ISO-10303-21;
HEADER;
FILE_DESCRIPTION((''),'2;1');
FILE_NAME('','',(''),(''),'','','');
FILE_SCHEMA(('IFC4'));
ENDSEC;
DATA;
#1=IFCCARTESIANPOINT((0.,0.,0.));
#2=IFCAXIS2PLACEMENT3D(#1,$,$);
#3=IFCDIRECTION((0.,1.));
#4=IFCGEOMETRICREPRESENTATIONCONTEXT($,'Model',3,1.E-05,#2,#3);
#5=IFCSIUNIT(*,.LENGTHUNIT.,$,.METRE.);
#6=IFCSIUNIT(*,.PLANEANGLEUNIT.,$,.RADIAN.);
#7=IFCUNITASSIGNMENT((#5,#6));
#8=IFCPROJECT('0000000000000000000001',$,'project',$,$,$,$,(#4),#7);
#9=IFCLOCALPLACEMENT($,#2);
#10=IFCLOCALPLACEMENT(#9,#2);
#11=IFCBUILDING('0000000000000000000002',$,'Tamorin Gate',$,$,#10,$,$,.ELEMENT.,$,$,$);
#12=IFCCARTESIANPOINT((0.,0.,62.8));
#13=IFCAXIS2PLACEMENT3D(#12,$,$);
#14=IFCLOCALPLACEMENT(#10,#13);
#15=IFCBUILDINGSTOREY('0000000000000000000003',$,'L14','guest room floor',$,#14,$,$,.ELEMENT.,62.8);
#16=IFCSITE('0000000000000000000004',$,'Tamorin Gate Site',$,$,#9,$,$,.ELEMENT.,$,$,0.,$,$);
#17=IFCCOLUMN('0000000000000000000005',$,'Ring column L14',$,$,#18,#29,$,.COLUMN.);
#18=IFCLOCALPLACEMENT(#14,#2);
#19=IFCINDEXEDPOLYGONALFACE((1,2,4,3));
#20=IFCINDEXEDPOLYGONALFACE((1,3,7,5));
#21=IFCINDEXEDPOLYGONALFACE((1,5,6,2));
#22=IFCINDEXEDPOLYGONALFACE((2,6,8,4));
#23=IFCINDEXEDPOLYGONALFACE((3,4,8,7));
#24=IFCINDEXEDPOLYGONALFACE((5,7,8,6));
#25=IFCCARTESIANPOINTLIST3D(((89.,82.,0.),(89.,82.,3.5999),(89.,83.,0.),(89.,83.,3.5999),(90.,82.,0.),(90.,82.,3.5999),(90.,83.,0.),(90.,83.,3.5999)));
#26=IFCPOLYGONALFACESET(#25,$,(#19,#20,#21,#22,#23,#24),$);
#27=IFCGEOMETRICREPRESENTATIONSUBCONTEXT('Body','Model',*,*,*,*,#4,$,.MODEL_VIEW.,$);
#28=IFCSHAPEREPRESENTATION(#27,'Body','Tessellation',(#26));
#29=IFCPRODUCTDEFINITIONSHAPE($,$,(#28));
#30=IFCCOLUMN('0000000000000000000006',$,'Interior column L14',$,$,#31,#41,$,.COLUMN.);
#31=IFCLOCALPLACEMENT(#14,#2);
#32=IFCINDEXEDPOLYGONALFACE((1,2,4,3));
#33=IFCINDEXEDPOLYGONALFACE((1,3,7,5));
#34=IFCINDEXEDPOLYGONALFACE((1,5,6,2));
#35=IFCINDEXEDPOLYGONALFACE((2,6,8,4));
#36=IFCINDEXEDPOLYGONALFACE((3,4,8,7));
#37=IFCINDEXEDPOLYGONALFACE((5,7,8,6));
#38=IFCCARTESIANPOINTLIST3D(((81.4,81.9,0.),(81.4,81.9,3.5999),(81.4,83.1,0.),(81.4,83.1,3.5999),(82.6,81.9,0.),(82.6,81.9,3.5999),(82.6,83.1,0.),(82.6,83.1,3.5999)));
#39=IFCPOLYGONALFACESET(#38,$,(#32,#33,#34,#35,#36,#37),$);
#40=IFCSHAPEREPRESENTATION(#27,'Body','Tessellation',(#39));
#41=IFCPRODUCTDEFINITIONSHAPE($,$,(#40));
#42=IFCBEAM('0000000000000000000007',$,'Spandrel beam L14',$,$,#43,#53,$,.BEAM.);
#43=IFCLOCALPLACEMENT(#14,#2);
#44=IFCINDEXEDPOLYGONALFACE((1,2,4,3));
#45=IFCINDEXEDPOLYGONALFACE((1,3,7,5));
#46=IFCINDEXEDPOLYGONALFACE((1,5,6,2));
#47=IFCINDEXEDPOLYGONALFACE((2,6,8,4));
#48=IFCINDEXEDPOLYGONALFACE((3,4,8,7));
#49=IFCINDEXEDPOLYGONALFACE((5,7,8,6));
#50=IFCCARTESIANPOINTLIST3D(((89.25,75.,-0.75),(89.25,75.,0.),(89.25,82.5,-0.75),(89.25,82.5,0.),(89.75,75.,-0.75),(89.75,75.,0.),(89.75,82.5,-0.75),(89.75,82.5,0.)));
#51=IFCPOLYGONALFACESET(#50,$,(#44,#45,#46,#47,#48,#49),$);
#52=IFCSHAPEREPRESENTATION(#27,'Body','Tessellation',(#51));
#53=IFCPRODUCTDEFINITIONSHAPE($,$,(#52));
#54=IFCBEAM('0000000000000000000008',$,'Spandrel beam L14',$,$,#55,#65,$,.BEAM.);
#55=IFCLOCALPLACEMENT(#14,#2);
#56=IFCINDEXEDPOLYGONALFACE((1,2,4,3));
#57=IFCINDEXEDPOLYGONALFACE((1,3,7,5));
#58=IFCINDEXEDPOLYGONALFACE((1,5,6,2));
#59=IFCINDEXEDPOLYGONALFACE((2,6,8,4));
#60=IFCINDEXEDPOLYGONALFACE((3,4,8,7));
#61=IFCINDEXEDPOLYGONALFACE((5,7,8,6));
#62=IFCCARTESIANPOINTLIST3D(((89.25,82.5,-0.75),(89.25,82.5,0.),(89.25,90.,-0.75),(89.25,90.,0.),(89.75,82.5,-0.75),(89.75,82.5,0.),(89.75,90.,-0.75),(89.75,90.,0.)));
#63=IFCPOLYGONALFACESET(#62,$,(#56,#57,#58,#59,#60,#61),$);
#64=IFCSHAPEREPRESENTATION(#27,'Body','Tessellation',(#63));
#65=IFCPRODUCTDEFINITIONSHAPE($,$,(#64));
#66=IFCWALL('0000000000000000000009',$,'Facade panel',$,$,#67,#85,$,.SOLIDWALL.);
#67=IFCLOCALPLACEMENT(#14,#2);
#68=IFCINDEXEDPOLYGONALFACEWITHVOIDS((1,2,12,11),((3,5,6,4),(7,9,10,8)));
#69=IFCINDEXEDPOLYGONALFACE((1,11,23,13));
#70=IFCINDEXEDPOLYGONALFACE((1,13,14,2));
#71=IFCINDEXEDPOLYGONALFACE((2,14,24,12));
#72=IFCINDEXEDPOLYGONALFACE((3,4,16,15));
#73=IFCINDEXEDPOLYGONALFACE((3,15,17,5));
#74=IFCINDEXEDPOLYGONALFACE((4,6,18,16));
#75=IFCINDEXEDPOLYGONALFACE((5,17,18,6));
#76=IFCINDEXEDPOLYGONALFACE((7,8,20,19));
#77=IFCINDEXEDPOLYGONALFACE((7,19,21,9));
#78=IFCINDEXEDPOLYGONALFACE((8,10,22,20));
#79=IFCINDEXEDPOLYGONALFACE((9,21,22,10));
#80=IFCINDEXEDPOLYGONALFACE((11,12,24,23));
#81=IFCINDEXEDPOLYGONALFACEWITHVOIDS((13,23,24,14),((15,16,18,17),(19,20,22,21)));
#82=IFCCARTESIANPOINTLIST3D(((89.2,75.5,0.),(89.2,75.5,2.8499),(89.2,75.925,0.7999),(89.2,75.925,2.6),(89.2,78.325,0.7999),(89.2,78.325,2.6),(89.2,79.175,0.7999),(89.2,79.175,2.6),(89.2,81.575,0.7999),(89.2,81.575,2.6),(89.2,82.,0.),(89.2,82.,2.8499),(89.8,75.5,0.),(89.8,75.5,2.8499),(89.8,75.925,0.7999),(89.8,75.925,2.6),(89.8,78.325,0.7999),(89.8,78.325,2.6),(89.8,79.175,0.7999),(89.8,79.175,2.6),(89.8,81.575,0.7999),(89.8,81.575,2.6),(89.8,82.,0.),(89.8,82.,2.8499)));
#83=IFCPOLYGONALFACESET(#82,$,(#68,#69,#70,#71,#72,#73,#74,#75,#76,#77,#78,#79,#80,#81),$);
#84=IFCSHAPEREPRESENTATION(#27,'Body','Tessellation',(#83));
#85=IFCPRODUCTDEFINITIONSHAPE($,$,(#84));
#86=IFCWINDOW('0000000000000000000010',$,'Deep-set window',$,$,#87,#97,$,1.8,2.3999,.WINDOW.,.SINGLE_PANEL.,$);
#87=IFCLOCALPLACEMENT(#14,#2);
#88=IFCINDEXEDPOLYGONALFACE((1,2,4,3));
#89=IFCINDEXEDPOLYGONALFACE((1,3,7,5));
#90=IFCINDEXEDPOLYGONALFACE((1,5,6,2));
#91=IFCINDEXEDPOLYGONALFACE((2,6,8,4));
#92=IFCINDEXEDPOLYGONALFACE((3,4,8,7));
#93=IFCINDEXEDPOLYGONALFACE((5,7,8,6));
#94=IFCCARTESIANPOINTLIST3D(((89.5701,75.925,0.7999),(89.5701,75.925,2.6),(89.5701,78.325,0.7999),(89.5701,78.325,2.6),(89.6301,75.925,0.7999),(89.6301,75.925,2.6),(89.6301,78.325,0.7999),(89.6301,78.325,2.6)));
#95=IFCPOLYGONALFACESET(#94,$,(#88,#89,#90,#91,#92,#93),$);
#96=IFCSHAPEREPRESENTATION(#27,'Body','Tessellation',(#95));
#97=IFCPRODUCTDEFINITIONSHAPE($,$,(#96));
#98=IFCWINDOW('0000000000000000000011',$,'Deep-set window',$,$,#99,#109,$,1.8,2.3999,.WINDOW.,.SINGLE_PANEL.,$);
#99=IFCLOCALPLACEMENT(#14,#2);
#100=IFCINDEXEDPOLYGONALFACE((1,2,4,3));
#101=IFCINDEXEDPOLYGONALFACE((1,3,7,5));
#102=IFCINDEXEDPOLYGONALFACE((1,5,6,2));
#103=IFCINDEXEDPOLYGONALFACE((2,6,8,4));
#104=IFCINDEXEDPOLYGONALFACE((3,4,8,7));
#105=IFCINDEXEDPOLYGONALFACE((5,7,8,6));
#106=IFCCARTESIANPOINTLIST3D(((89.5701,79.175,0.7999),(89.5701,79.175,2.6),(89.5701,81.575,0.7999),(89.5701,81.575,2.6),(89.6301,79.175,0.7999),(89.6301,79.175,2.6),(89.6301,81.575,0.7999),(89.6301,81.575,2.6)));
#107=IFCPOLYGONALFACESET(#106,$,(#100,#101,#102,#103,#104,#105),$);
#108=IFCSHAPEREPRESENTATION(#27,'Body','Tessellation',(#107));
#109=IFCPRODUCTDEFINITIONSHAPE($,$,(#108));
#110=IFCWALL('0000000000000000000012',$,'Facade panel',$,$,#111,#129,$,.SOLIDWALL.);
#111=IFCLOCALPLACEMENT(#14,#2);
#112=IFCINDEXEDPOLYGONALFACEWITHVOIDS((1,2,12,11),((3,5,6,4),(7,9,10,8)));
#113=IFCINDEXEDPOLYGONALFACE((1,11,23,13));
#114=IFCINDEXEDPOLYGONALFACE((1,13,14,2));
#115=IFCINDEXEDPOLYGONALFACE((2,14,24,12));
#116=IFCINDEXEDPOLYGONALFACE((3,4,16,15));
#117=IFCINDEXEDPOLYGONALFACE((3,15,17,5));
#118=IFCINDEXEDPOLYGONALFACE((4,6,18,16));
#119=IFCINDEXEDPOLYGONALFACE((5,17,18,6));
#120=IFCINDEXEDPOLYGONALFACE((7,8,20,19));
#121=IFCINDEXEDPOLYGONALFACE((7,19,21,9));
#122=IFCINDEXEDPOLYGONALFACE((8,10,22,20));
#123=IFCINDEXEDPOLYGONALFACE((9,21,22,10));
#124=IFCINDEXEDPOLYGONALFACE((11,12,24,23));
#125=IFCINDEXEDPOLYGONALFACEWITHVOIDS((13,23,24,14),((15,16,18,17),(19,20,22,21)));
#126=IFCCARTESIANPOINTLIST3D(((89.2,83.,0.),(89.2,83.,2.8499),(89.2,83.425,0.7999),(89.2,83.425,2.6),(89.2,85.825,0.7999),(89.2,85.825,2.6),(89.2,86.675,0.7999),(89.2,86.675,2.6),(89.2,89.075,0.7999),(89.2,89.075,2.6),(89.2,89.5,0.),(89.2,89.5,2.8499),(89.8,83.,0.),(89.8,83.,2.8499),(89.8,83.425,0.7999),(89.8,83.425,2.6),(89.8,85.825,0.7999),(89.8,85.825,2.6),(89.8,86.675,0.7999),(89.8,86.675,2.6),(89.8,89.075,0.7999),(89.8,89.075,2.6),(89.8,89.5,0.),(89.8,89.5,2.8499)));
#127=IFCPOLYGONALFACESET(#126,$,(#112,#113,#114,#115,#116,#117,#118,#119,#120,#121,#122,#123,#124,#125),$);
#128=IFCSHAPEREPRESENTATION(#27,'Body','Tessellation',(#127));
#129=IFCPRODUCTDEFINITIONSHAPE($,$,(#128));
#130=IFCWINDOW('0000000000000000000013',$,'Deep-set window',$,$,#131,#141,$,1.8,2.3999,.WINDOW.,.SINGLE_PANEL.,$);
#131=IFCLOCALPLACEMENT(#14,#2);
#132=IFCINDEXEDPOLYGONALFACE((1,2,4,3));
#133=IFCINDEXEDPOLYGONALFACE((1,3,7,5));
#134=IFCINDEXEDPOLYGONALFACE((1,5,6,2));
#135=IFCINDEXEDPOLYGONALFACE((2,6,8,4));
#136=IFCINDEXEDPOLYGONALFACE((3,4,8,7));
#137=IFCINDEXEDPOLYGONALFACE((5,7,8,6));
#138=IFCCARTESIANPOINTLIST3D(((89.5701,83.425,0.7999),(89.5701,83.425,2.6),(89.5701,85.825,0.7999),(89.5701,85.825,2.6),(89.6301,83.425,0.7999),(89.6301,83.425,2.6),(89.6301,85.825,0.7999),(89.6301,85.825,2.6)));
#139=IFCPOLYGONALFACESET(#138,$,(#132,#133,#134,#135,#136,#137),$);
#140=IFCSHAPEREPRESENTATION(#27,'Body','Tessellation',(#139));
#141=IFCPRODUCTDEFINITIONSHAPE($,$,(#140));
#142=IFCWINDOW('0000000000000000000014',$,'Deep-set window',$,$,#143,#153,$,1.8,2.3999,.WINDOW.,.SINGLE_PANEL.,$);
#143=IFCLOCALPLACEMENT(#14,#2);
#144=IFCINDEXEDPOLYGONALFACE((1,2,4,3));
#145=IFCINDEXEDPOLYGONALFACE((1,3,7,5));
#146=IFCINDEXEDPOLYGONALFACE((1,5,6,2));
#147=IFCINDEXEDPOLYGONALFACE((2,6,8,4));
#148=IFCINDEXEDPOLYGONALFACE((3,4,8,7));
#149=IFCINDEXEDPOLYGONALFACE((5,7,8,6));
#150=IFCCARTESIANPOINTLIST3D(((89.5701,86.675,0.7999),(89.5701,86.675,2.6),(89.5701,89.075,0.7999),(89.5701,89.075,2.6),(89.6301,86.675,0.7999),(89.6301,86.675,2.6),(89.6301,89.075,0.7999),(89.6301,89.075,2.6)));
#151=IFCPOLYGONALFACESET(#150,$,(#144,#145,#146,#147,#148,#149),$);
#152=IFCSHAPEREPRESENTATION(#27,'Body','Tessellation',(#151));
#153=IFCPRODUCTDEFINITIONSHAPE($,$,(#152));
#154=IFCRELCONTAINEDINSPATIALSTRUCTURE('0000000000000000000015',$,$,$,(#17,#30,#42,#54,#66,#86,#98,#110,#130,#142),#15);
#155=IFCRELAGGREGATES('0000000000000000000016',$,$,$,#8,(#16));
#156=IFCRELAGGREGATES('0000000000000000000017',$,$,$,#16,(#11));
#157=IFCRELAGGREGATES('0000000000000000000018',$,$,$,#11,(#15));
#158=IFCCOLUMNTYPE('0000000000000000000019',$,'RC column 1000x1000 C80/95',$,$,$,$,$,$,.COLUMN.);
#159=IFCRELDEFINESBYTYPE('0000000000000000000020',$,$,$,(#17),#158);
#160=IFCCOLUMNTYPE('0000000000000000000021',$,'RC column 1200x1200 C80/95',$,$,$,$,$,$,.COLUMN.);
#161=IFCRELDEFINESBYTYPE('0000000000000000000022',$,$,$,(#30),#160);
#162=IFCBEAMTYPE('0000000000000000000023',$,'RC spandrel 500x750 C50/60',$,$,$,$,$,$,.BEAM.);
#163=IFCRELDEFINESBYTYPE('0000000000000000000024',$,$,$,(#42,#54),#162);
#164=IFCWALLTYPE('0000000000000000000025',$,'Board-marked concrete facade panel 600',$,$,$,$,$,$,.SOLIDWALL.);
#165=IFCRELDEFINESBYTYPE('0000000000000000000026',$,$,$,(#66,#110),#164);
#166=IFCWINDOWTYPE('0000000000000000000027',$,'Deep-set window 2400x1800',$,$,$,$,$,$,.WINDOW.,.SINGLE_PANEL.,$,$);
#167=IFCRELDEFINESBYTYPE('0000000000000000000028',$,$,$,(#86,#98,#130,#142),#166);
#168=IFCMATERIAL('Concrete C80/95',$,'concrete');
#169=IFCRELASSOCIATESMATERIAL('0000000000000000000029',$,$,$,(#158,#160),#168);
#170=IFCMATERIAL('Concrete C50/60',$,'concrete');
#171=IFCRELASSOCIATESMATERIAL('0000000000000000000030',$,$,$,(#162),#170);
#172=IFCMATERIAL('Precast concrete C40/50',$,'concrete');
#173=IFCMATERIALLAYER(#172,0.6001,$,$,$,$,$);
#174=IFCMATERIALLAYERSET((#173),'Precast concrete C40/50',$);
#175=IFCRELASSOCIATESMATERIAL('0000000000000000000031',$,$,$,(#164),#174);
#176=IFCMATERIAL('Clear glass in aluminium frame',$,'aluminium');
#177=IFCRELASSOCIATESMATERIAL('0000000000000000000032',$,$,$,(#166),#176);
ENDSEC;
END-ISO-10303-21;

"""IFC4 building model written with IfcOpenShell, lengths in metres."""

from ifc_helpers import new_model, si_unit, direction, frame, frame_2d, origin, origin_2d, place, context, subcontext, project, spatial, rectangle, extrude, material, layer, layer_set, material_profile, profile_set, type_object, element, fill, save


model = new_model("IFC4")

# Units and contexts
model_context = context("Model", 3, precision=1e-05, world=origin(), true_north=direction((0.0, 1.0)))
body_context = subcontext(model_context, "Body", "Model", "MODEL_VIEW")
ifc_project = project(units=[si_unit("LENGTHUNIT", "METRE"), si_unit("PLANEANGLEUNIT", "RADIAN")], contexts=[model_context])

# Site, building, storey
site_placement = place(None, origin())
site = spatial("IfcSite", under=ifc_project, at=site_placement, Name="Tamorin Gate Site", CompositionType="ELEMENT", RefElevation=0.0)
building_placement = place(site_placement, origin())
building = spatial("IfcBuilding", under=site, at=building_placement, Name="Tamorin Gate", CompositionType="ELEMENT")
storey_placement = place(building_placement, frame((0.0, 0.0, 62.8)))
storey = spatial("IfcBuildingStorey", under=building, at=storey_placement, Name="L14", Description="guest room floor", CompositionType="ELEMENT", Elevation=62.8)

# Columns
ifc_material_1 = material(Name="Concrete C80/95", Category="concrete")
ifc_material_profile_1 = material_profile(ifc_material_1, rectangle(XDim=1.0, YDim=1.0, at=origin_2d()), Name="RC 1000x1000")
ifc_profile_set_1 = profile_set([ifc_material_profile_1], Name="Concrete C80/95")
column_type_1 = type_object("IfcColumnType", Name="RC column 1000x1000 C80/95", PredefinedType="COLUMN", material=ifc_profile_set_1)
column_1_placement = place(storey_placement, frame((89.5, 82.5, 0.0), z_axis=(0.0, 0.0, 1.0), x_axis=(1.0, 0.0, 0.0)))
element("IfcColumn", 1, at=column_1_placement, inside=storey, type_object=column_type_1, Name="Ring column L14", PredefinedType="COLUMN", context=body_context, shape_type="SweptSolid", body=[
    extrude(rectangle(XDim=1.0, YDim=1.0, at=origin_2d()), origin(), (0.0, 0.0, 1.0), 3.5999),
])
ifc_material_profile_2 = material_profile(ifc_material_1, rectangle(XDim=1.2, YDim=1.2, at=origin_2d()), Name="RC 1200x1200")
ifc_profile_set_2 = profile_set([ifc_material_profile_2], Name="Concrete C80/95")
column_type_2 = type_object("IfcColumnType", Name="RC column 1200x1200 C80/95", PredefinedType="COLUMN", material=ifc_profile_set_2)
column_2_placement = place(storey_placement, frame((82.0, 82.5, 0.0), z_axis=(0.0, 0.0, 1.0), x_axis=(1.0, 0.0, 0.0)))
element("IfcColumn", 2, at=column_2_placement, inside=storey, type_object=column_type_2, Name="Interior column L14", PredefinedType="COLUMN", context=body_context, shape_type="SweptSolid", body=[
    extrude(rectangle(XDim=1.2, YDim=1.2, at=origin_2d()), origin(), (0.0, 0.0, 1.0), 3.5999),
])

# Beams
ifc_material_2 = material(Name="Concrete C50/60", Category="concrete")
ifc_material_profile_3 = material_profile(ifc_material_2, rectangle(XDim=0.5, YDim=0.75, at=origin_2d()), Name="RC 500x750")
ifc_profile_set_3 = profile_set([ifc_material_profile_3], Name="Concrete C50/60")
beam_type = type_object("IfcBeamType", Name="RC spandrel 500x750 C50/60", PredefinedType="BEAM", material=ifc_profile_set_3)
for number, where, z_axis, x_axis, name in (
    (3, (89.5, 75.0, -0.375), (0.0, 1.0, 0.0), (-1.0, 0.0, 0.0), "Spandrel beam L14"),
    (4, (89.5, 82.5, -0.375), (0.0, 1.0, 0.0), (-1.0, 0.0, 0.0), "Spandrel beam L14"),
):
    element("IfcBeam", number, at=place(storey_placement, frame(where, z_axis=z_axis, x_axis=x_axis)), inside=storey, type_object=beam_type, Name=name, PredefinedType="BEAM", context=body_context, shape_type="SweptSolid", body=[
        extrude(rectangle(XDim=0.5, YDim=0.75, at=origin_2d()), origin(), (0.0, 0.0, 1.0), 7.5),
    ])

# Walls, openings, windows
ifc_material_3 = material(Name="Precast concrete C40/50", Category="concrete")
ifc_layer_1 = layer(ifc_material_3, 0.6001)
ifc_layer_set_1 = layer_set([ifc_layer_1], Name="Precast concrete C40/50")
wall_type_1 = type_object("IfcWallType", Name="Board-marked concrete facade panel 600", PredefinedType="SOLIDWALL", material=ifc_layer_set_1)
wall_1_placement = place(storey_placement, frame((89.5, 75.5, 0.0), z_axis=(0.0, 0.0, 1.0), x_axis=(0.0, 1.0, 0.0)))
wall_1 = element("IfcWall", 5, at=wall_1_placement, inside=storey, type_object=wall_type_1, Name="Facade panel", PredefinedType="SOLIDWALL", context=body_context, shape_type="SweptSolid", body=[
    extrude(rectangle(XDim=6.5, YDim=0.6001, at=frame_2d((3.25, 0.0))), origin(), (0.0, 0.0, 1.0), 2.8499),
])
opening_1_placement = place(wall_1_placement, frame((0.425, 0.0, 0.8)))
opening_1 = element("IfcOpeningElement", 6, at=opening_1_placement, cuts=wall_1, PredefinedType="OPENING", context=body_context, shape_type="SweptSolid", body=[
    extrude(rectangle(XDim=2.3999, YDim=1.8, at=frame_2d((1.2, 0.8999))), frame((0.0, 0.3101, 0.0), z_axis=(0.0, -1.0, 0.0), x_axis=(1.0, 0.0, 0.0)), (0.0, 0.0, 1.0), 0.6201),
])
opening_2_placement = place(wall_1_placement, frame((3.675, 0.0, 0.8)))
opening_2 = element("IfcOpeningElement", 7, at=opening_2_placement, cuts=wall_1, PredefinedType="OPENING", context=body_context, shape_type="SweptSolid", body=[
    extrude(rectangle(XDim=2.3999, YDim=1.8, at=frame_2d((1.2, 0.8999))), frame((0.0, 0.3101, 0.0), z_axis=(0.0, -1.0, 0.0), x_axis=(1.0, 0.0, 0.0)), (0.0, 0.0, 1.0), 0.6201),
])
ifc_material_4 = material(Name="Clear glass in aluminium frame", Category="aluminium")
window_type = type_object("IfcWindowType", Name="Deep-set window 2400x1800", PartitioningType="SINGLE_PANEL", PredefinedType="WINDOW", material=ifc_material_4)
window_1_placement = place(opening_1_placement, origin())
window_1 = element("IfcWindow", 8, at=window_1_placement, inside=storey, type_object=window_type, Name="Deep-set window", OverallHeight=1.8, OverallWidth=2.3999, PartitioningType="SINGLE_PANEL", PredefinedType="WINDOW", context=body_context, shape_type="SweptSolid", body=[
    extrude(rectangle(XDim=2.3999, YDim=1.8, at=frame_2d((1.2, 0.8999))), frame((0.0, -0.0701, 0.0), z_axis=(0.0, -1.0, 0.0), x_axis=(1.0, 0.0, 0.0)), (0.0, 0.0, 1.0), 0.0601),
])
fill(opening_1, window_1)
window_2_placement = place(opening_2_placement, origin())
window_2 = element("IfcWindow", 9, at=window_2_placement, inside=storey, type_object=window_type, Name="Deep-set window", OverallHeight=1.8, OverallWidth=2.3999, PartitioningType="SINGLE_PANEL", PredefinedType="WINDOW", context=body_context, shape_type="SweptSolid", body=[
    extrude(rectangle(XDim=2.3999, YDim=1.8, at=frame_2d((1.2, 0.8999))), frame((0.0, -0.0701, 0.0), z_axis=(0.0, -1.0, 0.0), x_axis=(1.0, 0.0, 0.0)), (0.0, 0.0, 1.0), 0.0601),
])
fill(opening_2, window_2)
wall_2_placement = place(storey_placement, frame((89.5, 83.0, 0.0), z_axis=(0.0, 0.0, 1.0), x_axis=(0.0, 1.0, 0.0)))
wall_2 = element("IfcWall", 10, at=wall_2_placement, inside=storey, type_object=wall_type_1, Name="Facade panel", PredefinedType="SOLIDWALL", context=body_context, shape_type="SweptSolid", body=[
    extrude(rectangle(XDim=6.5, YDim=0.6001, at=frame_2d((3.25, 0.0))), origin(), (0.0, 0.0, 1.0), 2.8499),
])
opening_3_placement = place(wall_2_placement, frame((0.425, 0.0, 0.8)))
opening_3 = element("IfcOpeningElement", 11, at=opening_3_placement, cuts=wall_2, PredefinedType="OPENING", context=body_context, shape_type="SweptSolid", body=[
    extrude(rectangle(XDim=2.3999, YDim=1.8, at=frame_2d((1.2, 0.8999))), frame((0.0, 0.3101, 0.0), z_axis=(0.0, -1.0, 0.0), x_axis=(1.0, 0.0, 0.0)), (0.0, 0.0, 1.0), 0.6201),
])
opening_4_placement = place(wall_2_placement, frame((3.675, 0.0, 0.8)))
opening_4 = element("IfcOpeningElement", 12, at=opening_4_placement, cuts=wall_2, PredefinedType="OPENING", context=body_context, shape_type="SweptSolid", body=[
    extrude(rectangle(XDim=2.3999, YDim=1.8, at=frame_2d((1.2, 0.8999))), frame((0.0, 0.3101, 0.0), z_axis=(0.0, -1.0, 0.0), x_axis=(1.0, 0.0, 0.0)), (0.0, 0.0, 1.0), 0.6201),
])
window_3_placement = place(opening_3_placement, origin())
window_3 = element("IfcWindow", 13, at=window_3_placement, inside=storey, type_object=window_type, Name="Deep-set window", OverallHeight=1.8, OverallWidth=2.3999, PartitioningType="SINGLE_PANEL", PredefinedType="WINDOW", context=body_context, shape_type="SweptSolid", body=[
    extrude(rectangle(XDim=2.3999, YDim=1.8, at=frame_2d((1.2, 0.8999))), frame((0.0, -0.0701, 0.0), z_axis=(0.0, -1.0, 0.0), x_axis=(1.0, 0.0, 0.0)), (0.0, 0.0, 1.0), 0.0601),
])
fill(opening_3, window_3)
window_4_placement = place(opening_4_placement, origin())
window_4 = element("IfcWindow", 14, at=window_4_placement, inside=storey, type_object=window_type, Name="Deep-set window", OverallHeight=1.8, OverallWidth=2.3999, PartitioningType="SINGLE_PANEL", PredefinedType="WINDOW", context=body_context, shape_type="SweptSolid", body=[
    extrude(rectangle(XDim=2.3999, YDim=1.8, at=frame_2d((1.2, 0.8999))), frame((0.0, -0.0701, 0.0), z_axis=(0.0, -1.0, 0.0), x_axis=(1.0, 0.0, 0.0)), (0.0, 0.0, 1.0), 0.0601),
])
fill(opening_4, window_4)

save(model, "model.ifc")
